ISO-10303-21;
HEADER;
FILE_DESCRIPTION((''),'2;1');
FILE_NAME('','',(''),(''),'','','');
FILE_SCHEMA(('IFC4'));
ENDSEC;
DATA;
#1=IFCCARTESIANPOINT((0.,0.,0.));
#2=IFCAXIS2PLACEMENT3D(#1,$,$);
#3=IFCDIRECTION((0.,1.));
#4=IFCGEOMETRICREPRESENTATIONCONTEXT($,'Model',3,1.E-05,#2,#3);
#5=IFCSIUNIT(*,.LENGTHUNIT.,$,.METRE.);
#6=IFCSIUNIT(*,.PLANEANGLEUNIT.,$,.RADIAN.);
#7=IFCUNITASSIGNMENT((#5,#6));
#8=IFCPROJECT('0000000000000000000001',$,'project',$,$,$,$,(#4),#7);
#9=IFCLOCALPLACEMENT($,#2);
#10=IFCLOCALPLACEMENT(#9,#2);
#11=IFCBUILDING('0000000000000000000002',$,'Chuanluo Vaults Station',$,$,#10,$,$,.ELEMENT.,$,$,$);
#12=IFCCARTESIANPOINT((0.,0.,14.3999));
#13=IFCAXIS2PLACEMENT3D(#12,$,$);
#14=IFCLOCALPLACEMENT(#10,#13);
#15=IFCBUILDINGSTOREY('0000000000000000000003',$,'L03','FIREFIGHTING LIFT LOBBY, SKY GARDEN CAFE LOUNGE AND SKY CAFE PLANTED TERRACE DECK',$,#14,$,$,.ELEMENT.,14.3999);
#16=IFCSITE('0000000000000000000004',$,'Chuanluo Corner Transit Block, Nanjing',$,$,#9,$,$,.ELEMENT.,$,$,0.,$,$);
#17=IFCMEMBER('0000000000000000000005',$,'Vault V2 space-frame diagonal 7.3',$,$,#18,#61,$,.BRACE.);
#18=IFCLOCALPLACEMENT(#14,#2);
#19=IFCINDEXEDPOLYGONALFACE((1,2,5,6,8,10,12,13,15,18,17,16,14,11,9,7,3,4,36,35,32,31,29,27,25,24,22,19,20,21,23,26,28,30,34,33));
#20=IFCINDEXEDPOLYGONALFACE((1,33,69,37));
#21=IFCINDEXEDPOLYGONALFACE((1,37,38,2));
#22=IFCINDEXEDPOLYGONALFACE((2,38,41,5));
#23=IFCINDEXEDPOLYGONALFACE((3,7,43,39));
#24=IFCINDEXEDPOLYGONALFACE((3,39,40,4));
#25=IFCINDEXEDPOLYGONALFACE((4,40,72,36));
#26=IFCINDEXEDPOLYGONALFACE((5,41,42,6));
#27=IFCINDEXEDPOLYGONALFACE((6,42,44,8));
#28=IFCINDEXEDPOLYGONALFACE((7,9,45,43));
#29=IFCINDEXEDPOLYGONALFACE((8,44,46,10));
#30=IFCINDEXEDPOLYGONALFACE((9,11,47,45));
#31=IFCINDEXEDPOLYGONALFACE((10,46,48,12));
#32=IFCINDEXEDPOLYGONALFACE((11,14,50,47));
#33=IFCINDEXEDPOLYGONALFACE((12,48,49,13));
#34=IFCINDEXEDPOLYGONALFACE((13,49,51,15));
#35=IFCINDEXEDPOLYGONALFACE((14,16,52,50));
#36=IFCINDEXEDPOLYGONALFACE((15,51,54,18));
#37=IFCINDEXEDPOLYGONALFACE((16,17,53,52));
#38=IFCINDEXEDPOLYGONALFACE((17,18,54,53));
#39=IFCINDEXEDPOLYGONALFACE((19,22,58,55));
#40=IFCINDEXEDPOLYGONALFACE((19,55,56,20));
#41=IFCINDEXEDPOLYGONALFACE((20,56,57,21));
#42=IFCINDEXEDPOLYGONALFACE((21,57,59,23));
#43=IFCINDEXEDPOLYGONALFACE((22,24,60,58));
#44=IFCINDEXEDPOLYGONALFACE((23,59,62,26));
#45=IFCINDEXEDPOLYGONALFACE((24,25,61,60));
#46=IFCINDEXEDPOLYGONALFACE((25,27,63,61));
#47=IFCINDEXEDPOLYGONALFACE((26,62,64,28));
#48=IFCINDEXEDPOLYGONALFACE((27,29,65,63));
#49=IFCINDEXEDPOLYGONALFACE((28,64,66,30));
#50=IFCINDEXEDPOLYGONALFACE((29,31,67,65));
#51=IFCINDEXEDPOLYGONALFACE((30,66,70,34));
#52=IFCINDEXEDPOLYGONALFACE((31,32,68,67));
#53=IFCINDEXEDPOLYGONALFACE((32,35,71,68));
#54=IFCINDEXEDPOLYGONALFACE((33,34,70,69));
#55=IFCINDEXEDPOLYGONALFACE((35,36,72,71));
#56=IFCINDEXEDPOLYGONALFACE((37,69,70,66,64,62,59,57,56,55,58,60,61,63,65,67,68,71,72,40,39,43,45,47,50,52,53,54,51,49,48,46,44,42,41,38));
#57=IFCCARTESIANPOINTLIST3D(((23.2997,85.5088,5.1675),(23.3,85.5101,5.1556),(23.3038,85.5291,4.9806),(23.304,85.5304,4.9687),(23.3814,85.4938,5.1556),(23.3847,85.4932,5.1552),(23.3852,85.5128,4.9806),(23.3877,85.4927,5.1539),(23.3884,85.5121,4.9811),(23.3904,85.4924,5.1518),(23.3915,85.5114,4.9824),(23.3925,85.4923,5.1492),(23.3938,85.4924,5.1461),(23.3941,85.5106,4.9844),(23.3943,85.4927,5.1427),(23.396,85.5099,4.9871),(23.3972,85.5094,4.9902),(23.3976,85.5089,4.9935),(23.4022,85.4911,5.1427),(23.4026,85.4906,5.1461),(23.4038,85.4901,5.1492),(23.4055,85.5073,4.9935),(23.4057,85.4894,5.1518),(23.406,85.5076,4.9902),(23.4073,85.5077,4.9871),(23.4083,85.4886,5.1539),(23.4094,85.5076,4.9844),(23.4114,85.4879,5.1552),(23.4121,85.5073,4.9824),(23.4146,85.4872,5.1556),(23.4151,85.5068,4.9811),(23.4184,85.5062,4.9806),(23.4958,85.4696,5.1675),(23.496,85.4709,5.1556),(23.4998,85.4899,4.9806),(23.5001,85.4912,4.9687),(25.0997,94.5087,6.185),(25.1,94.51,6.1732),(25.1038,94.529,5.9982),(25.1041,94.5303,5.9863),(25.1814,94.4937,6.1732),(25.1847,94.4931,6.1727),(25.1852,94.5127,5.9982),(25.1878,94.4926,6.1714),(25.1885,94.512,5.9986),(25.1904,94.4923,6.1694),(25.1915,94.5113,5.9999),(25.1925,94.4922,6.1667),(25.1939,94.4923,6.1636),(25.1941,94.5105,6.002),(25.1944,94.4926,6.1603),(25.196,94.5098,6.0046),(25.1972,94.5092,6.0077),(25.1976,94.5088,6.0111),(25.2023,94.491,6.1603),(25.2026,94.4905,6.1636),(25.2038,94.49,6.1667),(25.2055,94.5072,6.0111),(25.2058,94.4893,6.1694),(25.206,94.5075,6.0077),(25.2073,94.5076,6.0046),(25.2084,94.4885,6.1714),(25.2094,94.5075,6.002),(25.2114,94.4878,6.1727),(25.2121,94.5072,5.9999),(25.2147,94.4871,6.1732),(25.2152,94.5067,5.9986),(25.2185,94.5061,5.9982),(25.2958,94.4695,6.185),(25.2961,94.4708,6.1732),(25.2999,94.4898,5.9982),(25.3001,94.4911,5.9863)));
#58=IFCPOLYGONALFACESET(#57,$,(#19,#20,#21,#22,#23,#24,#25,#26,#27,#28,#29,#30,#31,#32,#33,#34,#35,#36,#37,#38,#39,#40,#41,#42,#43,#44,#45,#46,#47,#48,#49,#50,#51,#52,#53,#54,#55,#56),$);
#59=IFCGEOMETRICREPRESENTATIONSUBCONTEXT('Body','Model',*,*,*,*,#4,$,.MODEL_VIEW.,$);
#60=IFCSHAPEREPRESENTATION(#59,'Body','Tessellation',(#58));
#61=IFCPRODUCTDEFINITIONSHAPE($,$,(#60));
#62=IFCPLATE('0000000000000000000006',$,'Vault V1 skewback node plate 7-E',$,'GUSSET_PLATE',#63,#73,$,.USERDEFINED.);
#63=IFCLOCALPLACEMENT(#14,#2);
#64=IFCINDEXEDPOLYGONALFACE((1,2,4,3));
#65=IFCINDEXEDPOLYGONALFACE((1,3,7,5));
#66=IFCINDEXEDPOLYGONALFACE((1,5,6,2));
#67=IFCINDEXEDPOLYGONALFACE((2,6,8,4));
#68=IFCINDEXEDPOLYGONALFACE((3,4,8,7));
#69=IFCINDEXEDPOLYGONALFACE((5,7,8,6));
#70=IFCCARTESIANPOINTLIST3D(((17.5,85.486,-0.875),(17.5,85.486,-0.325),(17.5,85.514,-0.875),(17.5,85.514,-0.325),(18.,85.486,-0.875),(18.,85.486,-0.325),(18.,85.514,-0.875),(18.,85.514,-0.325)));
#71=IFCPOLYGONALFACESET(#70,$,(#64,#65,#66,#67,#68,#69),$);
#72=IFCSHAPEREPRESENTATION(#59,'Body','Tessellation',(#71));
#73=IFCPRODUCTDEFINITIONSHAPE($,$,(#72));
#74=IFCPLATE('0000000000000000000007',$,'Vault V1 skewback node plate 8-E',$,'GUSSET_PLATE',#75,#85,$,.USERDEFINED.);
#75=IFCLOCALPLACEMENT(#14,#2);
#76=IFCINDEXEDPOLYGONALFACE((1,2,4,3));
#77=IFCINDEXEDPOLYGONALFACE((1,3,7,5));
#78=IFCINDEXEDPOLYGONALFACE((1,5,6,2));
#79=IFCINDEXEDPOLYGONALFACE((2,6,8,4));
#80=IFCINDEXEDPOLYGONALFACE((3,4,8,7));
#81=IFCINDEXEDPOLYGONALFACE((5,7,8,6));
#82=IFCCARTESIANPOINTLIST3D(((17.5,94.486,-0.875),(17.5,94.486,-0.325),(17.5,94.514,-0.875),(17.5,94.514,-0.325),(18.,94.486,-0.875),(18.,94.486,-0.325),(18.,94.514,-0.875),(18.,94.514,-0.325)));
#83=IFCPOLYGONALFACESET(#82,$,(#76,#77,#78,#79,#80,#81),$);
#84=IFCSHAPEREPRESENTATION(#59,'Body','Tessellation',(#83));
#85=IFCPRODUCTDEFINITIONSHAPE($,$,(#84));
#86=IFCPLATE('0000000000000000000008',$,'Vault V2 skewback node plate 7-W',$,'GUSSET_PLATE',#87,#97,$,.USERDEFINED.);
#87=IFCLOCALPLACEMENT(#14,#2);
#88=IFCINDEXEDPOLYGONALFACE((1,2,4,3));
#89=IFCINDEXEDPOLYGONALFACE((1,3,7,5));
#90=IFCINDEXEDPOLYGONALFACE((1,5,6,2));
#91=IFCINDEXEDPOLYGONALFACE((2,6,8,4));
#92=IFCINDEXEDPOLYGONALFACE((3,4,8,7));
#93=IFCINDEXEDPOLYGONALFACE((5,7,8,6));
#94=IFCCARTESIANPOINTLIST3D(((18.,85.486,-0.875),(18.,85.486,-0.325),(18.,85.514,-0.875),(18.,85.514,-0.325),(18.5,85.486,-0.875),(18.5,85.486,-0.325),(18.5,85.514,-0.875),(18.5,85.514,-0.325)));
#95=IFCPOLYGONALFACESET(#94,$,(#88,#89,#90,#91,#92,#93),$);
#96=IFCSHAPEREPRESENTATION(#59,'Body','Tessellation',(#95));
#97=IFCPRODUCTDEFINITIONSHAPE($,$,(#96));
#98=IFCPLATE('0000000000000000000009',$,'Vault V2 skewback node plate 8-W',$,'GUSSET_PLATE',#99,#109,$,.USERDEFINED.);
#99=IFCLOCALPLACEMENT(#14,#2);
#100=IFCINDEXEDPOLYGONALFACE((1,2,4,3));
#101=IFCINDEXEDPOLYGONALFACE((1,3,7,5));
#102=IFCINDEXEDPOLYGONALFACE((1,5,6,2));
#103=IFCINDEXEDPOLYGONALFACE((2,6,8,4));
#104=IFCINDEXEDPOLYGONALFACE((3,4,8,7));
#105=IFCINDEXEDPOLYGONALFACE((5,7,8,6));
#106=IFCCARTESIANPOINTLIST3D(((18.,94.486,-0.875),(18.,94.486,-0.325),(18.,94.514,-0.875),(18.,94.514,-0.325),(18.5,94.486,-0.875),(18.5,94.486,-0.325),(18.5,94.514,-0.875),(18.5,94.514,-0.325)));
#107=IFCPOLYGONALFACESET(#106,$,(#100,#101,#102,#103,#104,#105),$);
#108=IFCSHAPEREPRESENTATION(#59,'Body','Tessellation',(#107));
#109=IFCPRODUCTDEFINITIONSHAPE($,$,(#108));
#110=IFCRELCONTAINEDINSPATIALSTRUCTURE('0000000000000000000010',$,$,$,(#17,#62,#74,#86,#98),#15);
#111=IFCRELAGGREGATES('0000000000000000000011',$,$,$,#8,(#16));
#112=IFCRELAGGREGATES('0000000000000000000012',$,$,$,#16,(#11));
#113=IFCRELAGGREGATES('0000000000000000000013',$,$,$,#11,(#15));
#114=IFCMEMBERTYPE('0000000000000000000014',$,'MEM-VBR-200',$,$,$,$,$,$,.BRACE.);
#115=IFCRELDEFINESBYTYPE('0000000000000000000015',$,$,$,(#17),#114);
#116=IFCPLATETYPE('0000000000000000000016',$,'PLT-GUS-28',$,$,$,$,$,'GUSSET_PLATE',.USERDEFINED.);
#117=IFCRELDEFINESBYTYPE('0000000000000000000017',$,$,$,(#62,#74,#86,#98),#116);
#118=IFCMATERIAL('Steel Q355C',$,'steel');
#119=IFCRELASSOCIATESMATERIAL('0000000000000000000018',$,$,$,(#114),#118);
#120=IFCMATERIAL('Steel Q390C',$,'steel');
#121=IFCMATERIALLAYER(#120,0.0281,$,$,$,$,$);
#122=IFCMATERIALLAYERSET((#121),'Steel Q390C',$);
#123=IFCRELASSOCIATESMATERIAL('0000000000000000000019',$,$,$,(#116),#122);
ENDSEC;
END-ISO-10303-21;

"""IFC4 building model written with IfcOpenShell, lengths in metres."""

from ifc_helpers import new_model, si_unit, direction, frame, origin, origin_2d, place, context, subcontext, project, spatial, rectangle, i_section, extrude, material, layer, layer_set, material_profile, profile_set, type_object, element, save


model = new_model("IFC4")

# Units and contexts
model_context = context("Model", 3, precision=1e-05, world=origin(), true_north=direction((0.0, 1.0)))
body_context = subcontext(model_context, "Body", "Model", "MODEL_VIEW")
ifc_project = project(units=[si_unit("LENGTHUNIT", "METRE"), si_unit("PLANEANGLEUNIT", "RADIAN")], contexts=[model_context])

# Site, building, storey
site_placement = place(None, origin())
site = spatial("IfcSite", under=ifc_project, at=site_placement, Name="Chuanluo Corner Transit Block, Nanjing", CompositionType="ELEMENT", RefElevation=0.0)
building_placement = place(site_placement, origin())
building = spatial("IfcBuilding", under=site, at=building_placement, Name="Chuanluo Vaults Station", CompositionType="ELEMENT")
storey_placement = place(building_placement, frame((0.0, 0.0, 14.3999)))
storey = spatial("IfcBuildingStorey", under=building, at=storey_placement, Name="L03", Description="FIREFIGHTING LIFT LOBBY, SKY GARDEN CAFE LOUNGE AND SKY CAFE PLANTED TERRACE DECK", CompositionType="ELEMENT", Elevation=14.3999)

# Member
ifc_material_1 = material(Name="Steel Q355C", Category="steel")
ifc_material_profile_1 = material_profile(ifc_material_1, i_section(OverallWidth=0.2, OverallDepth=0.2, WebThickness=0.0081, FlangeThickness=0.012, FilletRadius=0.0129, at=origin_2d()))
ifc_profile_set_1 = profile_set([ifc_material_profile_1], Name="Steel Q355C")
member_type_1 = type_object("IfcMemberType", Name="MEM-VBR-200", PredefinedType="BRACE", material=ifc_profile_set_1)
member_1_placement = place(storey_placement, frame((23.3999, 85.5, 5.0681), z_axis=(0.194927, 0.974608, 0.110193), x_axis=(-0.98058, 0.196121, 0.0)))
element("IfcMember", 1, at=member_1_placement, inside=storey, type_object=member_type_1, Name="Vault V2 space-frame diagonal 7.3", PredefinedType="BRACE", context=body_context, shape_type="SweptSolid", body=[
    extrude(i_section(OverallWidth=0.2, OverallDepth=0.2, WebThickness=0.0081, FlangeThickness=0.012, FilletRadius=0.0129, at=origin_2d()), origin(), (0.0, 0.0, 1.0), 9.2344),
])

# Plates
ifc_material_2 = material(Name="Steel Q390C", Category="steel")
ifc_layer = layer(ifc_material_2, 0.0281)
ifc_layer_set = layer_set([ifc_layer], Name="Steel Q390C")
plate_type = type_object("IfcPlateType", Name="PLT-GUS-28", ElementType="GUSSET_PLATE", PredefinedType="USERDEFINED", material=ifc_layer_set)
for number, where, z_axis, x_axis, name in (
    (2, (17.75, 85.5, -0.875), (0.0, 0.0, 1.0), (1.0, 0.0, 0.0), "Vault V1 skewback node plate 7-E"),
    (3, (17.75, 94.5, -0.875), (0.0, 0.0, 1.0), (1.0, 0.0, 0.0), "Vault V1 skewback node plate 8-E"),
    (4, (18.25, 85.5, -0.875), (0.0, 0.0, 1.0), (1.0, 0.0, 0.0), "Vault V2 skewback node plate 7-W"),
    (5, (18.25, 94.5, -0.875), (0.0, 0.0, 1.0), (1.0, 0.0, 0.0), "Vault V2 skewback node plate 8-W"),
):
    element("IfcPlate", number, at=place(storey_placement, frame(where, z_axis=z_axis, x_axis=x_axis)), inside=storey, type_object=plate_type, Name=name, ObjectType="GUSSET_PLATE", PredefinedType="USERDEFINED", context=body_context, shape_type="SweptSolid", body=[
        extrude(rectangle(XDim=0.5, YDim=0.0281, at=origin_2d()), origin(), (0.0, 0.0, 1.0), 0.55),
    ])

save(model, "model.ifc")
